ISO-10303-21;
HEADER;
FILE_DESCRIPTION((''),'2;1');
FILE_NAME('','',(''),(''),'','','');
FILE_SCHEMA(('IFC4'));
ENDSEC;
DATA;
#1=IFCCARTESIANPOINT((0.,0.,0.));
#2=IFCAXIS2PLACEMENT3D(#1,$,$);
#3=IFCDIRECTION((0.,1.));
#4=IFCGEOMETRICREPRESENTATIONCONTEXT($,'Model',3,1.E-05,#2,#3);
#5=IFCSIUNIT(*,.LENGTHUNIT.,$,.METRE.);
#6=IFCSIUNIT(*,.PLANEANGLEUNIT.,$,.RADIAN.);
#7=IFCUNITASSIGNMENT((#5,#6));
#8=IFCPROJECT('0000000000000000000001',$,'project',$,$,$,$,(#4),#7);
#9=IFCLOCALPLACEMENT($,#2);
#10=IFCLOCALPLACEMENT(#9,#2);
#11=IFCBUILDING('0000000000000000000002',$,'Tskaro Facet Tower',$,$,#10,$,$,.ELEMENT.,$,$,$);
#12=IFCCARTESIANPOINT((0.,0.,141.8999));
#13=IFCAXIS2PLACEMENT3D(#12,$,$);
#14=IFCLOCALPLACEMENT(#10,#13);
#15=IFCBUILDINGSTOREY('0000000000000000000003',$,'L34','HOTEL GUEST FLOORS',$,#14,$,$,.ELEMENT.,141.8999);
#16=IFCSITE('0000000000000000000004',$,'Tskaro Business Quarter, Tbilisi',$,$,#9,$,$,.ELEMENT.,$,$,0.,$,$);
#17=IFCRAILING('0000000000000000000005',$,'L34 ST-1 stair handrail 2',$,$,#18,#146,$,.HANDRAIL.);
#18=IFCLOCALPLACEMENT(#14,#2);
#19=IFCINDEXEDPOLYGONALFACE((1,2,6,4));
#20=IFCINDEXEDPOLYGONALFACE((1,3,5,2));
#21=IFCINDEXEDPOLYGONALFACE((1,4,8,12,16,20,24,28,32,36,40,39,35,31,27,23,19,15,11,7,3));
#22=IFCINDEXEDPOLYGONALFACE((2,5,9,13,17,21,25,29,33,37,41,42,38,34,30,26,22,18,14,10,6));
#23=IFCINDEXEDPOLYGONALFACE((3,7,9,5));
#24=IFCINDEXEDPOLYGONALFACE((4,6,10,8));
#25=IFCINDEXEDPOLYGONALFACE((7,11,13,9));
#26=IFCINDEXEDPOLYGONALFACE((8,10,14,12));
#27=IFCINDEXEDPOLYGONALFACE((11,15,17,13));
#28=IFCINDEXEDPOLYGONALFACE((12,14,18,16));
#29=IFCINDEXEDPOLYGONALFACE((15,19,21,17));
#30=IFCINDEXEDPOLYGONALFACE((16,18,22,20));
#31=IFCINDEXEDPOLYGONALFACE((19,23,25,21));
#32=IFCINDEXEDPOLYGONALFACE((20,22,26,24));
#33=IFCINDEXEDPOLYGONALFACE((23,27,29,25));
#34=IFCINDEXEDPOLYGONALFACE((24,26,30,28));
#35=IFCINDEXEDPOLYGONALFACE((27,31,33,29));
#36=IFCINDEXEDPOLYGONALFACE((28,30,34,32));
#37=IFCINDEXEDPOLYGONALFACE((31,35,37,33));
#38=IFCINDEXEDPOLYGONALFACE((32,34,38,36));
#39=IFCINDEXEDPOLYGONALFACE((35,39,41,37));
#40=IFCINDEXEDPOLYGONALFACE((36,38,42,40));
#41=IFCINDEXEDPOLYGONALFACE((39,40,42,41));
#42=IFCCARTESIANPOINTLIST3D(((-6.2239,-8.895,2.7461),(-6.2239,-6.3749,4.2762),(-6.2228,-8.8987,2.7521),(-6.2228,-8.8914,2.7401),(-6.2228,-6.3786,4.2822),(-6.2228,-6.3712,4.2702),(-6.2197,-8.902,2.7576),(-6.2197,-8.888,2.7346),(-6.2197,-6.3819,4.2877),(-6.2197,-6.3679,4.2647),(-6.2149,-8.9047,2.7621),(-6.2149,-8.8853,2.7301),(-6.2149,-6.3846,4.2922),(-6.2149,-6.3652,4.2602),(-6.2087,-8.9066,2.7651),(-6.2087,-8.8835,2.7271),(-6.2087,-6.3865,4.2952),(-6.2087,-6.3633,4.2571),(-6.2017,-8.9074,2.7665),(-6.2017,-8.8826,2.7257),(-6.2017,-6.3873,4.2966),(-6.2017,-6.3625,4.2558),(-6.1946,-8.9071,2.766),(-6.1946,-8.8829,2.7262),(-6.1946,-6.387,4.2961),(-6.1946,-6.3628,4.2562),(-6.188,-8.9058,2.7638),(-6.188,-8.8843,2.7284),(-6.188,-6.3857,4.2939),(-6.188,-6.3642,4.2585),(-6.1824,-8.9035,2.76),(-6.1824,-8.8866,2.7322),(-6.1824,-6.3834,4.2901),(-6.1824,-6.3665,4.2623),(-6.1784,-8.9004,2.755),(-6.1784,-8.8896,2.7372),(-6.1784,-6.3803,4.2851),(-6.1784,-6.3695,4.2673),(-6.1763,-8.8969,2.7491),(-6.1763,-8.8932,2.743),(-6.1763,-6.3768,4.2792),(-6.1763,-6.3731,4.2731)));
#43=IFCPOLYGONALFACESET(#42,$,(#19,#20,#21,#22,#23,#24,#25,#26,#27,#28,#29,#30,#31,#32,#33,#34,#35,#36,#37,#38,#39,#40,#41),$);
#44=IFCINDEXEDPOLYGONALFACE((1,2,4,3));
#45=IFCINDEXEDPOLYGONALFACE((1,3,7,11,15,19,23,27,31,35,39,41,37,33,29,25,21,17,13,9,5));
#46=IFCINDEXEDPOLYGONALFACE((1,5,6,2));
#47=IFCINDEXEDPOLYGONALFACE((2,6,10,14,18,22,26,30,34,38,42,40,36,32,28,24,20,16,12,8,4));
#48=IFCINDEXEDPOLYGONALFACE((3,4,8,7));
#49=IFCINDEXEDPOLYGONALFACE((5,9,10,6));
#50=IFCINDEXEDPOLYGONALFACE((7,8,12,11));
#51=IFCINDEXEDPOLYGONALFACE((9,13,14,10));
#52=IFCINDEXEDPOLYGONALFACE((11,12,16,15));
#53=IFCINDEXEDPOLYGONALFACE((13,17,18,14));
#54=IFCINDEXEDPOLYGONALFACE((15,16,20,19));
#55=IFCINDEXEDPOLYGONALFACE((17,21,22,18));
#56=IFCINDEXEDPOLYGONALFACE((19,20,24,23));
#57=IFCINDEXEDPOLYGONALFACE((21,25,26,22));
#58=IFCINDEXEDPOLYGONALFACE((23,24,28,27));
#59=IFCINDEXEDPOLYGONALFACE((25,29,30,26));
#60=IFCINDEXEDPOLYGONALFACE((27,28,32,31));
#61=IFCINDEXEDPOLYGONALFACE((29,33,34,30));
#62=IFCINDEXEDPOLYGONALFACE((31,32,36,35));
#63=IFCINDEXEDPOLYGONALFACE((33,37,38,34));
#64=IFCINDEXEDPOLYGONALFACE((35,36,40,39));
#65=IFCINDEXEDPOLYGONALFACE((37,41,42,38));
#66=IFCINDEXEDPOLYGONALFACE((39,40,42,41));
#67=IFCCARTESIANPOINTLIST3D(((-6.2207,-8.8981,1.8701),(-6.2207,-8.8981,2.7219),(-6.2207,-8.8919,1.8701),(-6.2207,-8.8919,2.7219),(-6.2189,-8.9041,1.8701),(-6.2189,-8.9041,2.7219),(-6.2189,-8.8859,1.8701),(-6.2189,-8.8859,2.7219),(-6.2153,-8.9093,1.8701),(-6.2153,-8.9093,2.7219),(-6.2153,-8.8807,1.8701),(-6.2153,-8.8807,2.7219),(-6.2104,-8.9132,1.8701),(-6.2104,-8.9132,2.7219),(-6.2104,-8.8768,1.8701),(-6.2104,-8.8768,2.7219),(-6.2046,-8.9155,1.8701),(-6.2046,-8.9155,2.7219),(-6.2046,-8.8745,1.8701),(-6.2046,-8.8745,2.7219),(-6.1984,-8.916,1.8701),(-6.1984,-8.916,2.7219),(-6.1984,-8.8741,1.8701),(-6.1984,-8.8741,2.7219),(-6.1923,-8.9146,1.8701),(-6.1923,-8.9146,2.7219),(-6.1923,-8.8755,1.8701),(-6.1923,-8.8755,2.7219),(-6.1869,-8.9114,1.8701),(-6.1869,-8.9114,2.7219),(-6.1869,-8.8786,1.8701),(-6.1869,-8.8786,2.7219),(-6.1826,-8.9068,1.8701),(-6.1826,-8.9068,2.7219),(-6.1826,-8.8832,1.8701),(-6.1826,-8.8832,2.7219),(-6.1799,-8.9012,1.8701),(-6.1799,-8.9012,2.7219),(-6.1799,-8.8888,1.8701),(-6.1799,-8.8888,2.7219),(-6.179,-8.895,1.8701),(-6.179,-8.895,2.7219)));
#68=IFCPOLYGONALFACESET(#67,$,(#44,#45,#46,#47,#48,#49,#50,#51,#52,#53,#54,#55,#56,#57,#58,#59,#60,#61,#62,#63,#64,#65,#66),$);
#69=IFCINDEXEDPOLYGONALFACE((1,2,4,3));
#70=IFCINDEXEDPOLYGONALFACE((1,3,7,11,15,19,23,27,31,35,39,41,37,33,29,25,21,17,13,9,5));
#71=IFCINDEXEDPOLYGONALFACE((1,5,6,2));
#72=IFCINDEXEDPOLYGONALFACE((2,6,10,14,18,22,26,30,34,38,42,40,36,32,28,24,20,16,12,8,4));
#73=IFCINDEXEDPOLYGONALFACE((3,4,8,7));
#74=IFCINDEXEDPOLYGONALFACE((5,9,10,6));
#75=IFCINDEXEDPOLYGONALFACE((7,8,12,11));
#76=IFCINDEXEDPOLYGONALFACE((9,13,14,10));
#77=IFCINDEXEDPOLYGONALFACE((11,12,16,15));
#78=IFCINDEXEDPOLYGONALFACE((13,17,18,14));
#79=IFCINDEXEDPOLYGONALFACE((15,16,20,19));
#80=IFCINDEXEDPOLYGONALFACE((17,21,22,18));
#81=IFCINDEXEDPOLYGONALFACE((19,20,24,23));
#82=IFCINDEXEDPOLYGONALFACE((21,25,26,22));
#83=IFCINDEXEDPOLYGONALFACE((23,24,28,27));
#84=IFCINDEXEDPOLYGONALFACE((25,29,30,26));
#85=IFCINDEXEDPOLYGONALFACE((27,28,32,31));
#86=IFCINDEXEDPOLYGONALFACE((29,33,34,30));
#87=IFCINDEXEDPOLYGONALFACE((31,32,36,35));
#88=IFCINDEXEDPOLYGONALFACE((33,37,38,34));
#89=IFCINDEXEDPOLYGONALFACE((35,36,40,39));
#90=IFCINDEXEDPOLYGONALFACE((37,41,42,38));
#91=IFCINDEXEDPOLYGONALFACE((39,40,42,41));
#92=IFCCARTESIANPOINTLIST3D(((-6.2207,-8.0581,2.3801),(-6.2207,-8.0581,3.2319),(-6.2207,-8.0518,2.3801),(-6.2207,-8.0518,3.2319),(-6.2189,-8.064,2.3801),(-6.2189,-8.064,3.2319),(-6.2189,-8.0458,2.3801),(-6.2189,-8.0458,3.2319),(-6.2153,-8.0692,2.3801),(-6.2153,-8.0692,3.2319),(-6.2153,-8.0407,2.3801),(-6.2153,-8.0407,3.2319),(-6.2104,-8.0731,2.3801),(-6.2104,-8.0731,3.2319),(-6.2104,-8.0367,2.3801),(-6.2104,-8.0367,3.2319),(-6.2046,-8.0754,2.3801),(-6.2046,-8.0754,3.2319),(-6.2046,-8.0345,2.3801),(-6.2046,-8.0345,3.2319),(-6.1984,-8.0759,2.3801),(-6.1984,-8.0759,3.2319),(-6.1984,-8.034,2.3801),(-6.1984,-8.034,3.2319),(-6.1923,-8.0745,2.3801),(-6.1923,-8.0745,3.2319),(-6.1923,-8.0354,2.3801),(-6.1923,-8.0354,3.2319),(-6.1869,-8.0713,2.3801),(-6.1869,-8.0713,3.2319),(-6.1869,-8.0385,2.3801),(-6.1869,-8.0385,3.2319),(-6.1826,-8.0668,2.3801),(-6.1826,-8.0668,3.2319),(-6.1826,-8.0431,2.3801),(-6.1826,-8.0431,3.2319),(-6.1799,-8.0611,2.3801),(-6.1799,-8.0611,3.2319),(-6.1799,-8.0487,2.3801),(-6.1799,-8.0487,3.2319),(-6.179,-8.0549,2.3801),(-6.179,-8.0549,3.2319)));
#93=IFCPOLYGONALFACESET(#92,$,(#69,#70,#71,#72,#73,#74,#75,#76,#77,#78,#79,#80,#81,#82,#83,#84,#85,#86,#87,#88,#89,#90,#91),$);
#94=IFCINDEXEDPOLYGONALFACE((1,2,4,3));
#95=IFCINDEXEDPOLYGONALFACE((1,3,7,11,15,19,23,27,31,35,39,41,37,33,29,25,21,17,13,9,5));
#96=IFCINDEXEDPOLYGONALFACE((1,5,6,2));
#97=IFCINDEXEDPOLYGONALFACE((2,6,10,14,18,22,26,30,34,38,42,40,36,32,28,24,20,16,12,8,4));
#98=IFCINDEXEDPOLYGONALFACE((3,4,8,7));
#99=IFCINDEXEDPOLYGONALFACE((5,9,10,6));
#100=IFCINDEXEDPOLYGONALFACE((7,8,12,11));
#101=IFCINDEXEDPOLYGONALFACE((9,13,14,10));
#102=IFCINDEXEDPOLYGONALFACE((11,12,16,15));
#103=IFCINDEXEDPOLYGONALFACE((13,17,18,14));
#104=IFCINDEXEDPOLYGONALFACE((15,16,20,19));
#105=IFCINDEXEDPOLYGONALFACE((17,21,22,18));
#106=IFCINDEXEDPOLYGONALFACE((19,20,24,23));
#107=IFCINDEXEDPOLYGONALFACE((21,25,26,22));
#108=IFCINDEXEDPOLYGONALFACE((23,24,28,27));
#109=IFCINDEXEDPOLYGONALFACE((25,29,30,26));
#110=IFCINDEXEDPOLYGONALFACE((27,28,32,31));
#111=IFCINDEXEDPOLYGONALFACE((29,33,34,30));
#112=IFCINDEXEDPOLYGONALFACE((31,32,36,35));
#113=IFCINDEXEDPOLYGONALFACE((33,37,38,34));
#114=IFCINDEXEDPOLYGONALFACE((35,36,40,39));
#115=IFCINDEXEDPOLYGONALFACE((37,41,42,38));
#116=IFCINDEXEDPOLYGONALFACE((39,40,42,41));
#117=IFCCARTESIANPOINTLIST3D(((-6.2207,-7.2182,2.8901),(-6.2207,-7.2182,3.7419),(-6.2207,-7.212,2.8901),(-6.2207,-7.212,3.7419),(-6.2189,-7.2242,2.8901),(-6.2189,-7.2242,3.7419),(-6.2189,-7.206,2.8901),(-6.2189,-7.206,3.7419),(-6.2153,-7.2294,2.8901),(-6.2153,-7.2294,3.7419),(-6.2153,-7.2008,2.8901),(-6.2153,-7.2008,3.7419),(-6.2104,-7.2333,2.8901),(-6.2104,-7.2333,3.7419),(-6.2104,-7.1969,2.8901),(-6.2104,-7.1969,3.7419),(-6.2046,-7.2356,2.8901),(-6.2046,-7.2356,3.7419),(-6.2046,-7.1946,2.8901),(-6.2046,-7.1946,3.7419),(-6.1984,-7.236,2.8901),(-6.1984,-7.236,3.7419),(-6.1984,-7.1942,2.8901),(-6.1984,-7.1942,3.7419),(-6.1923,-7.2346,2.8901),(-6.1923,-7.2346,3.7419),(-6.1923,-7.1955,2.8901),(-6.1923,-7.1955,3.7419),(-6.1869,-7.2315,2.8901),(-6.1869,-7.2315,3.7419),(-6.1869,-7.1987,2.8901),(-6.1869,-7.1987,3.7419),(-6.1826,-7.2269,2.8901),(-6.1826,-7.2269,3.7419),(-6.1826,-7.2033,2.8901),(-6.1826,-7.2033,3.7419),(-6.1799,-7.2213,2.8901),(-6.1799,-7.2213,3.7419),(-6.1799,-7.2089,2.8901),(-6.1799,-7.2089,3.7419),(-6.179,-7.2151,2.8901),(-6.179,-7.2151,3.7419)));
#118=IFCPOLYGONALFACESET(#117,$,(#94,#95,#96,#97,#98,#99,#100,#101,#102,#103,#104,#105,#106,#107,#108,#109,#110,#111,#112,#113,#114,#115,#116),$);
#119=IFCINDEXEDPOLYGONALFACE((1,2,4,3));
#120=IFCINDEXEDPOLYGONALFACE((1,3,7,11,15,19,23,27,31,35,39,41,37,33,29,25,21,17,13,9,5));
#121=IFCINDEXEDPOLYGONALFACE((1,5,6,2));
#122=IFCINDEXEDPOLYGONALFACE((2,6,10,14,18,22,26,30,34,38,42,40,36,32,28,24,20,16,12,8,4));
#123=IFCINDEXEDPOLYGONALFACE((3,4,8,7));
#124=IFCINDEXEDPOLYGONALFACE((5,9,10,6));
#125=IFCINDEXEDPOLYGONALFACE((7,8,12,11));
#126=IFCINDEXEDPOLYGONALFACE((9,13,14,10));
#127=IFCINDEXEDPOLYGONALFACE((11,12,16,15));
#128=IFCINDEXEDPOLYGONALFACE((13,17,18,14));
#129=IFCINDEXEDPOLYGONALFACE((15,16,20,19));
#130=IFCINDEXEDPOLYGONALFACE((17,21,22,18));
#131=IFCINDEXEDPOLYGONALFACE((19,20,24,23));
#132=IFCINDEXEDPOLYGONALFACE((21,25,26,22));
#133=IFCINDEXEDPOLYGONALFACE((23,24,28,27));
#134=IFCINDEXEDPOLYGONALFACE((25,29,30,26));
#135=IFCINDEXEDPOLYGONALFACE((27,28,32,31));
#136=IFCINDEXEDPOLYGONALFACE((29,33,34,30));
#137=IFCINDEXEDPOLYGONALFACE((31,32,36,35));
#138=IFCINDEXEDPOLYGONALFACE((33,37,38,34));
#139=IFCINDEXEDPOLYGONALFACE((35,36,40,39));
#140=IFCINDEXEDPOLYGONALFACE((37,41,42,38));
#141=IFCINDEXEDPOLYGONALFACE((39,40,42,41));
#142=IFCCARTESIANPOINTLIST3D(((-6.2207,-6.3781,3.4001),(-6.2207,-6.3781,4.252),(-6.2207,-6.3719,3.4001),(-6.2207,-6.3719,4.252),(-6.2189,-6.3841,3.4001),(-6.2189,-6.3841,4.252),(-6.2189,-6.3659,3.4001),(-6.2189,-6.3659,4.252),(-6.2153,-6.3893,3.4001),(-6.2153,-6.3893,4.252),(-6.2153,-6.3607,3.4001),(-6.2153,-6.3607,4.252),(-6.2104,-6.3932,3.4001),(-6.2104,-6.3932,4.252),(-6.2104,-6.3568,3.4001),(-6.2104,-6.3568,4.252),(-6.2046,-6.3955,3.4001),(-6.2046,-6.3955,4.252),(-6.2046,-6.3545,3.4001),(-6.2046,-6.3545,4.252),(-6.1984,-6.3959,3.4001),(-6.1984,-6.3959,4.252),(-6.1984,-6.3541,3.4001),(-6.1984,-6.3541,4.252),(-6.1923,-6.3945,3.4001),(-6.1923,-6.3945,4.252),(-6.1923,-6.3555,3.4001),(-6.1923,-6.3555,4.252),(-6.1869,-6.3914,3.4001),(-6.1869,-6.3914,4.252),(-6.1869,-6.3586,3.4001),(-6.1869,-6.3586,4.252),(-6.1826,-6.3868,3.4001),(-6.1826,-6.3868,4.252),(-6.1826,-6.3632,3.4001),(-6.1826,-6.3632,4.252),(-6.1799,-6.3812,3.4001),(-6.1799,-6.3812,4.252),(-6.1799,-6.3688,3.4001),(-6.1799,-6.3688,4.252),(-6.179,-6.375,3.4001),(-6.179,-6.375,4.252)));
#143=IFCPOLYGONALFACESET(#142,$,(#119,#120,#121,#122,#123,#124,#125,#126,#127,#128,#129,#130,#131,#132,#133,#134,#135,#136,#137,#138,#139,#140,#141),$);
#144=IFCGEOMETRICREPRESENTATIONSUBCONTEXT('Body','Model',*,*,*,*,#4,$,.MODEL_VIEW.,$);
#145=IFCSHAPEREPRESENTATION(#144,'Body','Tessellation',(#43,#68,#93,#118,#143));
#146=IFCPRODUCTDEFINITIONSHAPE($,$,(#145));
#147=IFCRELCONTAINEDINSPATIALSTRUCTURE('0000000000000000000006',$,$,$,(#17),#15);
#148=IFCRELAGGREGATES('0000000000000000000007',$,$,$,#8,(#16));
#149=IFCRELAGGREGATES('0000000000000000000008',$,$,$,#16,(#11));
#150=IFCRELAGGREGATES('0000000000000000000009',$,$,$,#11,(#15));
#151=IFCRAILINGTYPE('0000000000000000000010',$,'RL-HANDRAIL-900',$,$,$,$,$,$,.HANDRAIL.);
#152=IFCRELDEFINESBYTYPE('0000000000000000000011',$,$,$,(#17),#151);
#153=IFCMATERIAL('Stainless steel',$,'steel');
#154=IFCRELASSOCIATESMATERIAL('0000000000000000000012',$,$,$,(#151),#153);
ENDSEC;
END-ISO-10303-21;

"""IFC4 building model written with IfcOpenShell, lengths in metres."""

from ifc_helpers import new_model, si_unit, direction, frame, origin, origin_2d, place, context, subcontext, project, spatial, circle, extrude, material, type_object, element, save


model = new_model("IFC4")

# Units and contexts
model_context = context("Model", 3, precision=1e-05, world=origin(), true_north=direction((0.0, 1.0)))
body_context = subcontext(model_context, "Body", "Model", "MODEL_VIEW")
ifc_project = project(units=[si_unit("LENGTHUNIT", "METRE"), si_unit("PLANEANGLEUNIT", "RADIAN")], contexts=[model_context])

# Site, building, storey
site_placement = place(None, origin())
site = spatial("IfcSite", under=ifc_project, at=site_placement, Name="Tskaro Business Quarter, Tbilisi", CompositionType="ELEMENT", RefElevation=0.0)
building_placement = place(site_placement, origin())
building = spatial("IfcBuilding", under=site, at=building_placement, Name="Tskaro Facet Tower", CompositionType="ELEMENT")
storey_placement = place(building_placement, frame((0.0, 0.0, 141.8999)))
storey = spatial("IfcBuildingStorey", under=building, at=storey_placement, Name="L34", Description="HOTEL GUEST FLOORS", CompositionType="ELEMENT", Elevation=141.8999)

# Shared definitions
ifc_material_1 = material(Name="Stainless steel", Category="steel")

# Railing
railing_type_1 = type_object("IfcRailingType", Name="RL-HANDRAIL-900", PredefinedType="HANDRAIL", material=ifc_material_1)
railing_1_placement = place(storey_placement, frame((-6.2, -8.895, 1.8701)))
element("IfcRailing", 1, at=railing_1_placement, inside=storey, type_object=railing_type_1, Name="L34 ST-1 stair handrail 2", PredefinedType="HANDRAIL", context=body_context, shape_type="SweptSolid", body=[
    extrude(circle(Radius=0.0239, at=origin_2d()), frame((0.0, 0.0, 0.876), z_axis=(0.0, 0.854785, 0.518982), x_axis=(-1.0, 0.0, 0.0)), (0.0, 0.0, 1.0), 2.9482),
    extrude(circle(Radius=0.021, at=origin_2d()), origin(), (0.0, 0.0, 1.0), 0.8518),
    extrude(circle(Radius=0.021, at=origin_2d()), frame((0.0, 0.8401, 0.51)), (0.0, 0.0, 1.0), 0.8518),
    extrude(circle(Radius=0.021, at=origin_2d()), frame((0.0, 1.6799, 1.02)), (0.0, 0.0, 1.0), 0.8518),
    extrude(circle(Radius=0.021, at=origin_2d()), frame((0.0, 2.52, 1.53)), (0.0, 0.0, 1.0), 0.8518),
])

save(model, "model.ifc")
